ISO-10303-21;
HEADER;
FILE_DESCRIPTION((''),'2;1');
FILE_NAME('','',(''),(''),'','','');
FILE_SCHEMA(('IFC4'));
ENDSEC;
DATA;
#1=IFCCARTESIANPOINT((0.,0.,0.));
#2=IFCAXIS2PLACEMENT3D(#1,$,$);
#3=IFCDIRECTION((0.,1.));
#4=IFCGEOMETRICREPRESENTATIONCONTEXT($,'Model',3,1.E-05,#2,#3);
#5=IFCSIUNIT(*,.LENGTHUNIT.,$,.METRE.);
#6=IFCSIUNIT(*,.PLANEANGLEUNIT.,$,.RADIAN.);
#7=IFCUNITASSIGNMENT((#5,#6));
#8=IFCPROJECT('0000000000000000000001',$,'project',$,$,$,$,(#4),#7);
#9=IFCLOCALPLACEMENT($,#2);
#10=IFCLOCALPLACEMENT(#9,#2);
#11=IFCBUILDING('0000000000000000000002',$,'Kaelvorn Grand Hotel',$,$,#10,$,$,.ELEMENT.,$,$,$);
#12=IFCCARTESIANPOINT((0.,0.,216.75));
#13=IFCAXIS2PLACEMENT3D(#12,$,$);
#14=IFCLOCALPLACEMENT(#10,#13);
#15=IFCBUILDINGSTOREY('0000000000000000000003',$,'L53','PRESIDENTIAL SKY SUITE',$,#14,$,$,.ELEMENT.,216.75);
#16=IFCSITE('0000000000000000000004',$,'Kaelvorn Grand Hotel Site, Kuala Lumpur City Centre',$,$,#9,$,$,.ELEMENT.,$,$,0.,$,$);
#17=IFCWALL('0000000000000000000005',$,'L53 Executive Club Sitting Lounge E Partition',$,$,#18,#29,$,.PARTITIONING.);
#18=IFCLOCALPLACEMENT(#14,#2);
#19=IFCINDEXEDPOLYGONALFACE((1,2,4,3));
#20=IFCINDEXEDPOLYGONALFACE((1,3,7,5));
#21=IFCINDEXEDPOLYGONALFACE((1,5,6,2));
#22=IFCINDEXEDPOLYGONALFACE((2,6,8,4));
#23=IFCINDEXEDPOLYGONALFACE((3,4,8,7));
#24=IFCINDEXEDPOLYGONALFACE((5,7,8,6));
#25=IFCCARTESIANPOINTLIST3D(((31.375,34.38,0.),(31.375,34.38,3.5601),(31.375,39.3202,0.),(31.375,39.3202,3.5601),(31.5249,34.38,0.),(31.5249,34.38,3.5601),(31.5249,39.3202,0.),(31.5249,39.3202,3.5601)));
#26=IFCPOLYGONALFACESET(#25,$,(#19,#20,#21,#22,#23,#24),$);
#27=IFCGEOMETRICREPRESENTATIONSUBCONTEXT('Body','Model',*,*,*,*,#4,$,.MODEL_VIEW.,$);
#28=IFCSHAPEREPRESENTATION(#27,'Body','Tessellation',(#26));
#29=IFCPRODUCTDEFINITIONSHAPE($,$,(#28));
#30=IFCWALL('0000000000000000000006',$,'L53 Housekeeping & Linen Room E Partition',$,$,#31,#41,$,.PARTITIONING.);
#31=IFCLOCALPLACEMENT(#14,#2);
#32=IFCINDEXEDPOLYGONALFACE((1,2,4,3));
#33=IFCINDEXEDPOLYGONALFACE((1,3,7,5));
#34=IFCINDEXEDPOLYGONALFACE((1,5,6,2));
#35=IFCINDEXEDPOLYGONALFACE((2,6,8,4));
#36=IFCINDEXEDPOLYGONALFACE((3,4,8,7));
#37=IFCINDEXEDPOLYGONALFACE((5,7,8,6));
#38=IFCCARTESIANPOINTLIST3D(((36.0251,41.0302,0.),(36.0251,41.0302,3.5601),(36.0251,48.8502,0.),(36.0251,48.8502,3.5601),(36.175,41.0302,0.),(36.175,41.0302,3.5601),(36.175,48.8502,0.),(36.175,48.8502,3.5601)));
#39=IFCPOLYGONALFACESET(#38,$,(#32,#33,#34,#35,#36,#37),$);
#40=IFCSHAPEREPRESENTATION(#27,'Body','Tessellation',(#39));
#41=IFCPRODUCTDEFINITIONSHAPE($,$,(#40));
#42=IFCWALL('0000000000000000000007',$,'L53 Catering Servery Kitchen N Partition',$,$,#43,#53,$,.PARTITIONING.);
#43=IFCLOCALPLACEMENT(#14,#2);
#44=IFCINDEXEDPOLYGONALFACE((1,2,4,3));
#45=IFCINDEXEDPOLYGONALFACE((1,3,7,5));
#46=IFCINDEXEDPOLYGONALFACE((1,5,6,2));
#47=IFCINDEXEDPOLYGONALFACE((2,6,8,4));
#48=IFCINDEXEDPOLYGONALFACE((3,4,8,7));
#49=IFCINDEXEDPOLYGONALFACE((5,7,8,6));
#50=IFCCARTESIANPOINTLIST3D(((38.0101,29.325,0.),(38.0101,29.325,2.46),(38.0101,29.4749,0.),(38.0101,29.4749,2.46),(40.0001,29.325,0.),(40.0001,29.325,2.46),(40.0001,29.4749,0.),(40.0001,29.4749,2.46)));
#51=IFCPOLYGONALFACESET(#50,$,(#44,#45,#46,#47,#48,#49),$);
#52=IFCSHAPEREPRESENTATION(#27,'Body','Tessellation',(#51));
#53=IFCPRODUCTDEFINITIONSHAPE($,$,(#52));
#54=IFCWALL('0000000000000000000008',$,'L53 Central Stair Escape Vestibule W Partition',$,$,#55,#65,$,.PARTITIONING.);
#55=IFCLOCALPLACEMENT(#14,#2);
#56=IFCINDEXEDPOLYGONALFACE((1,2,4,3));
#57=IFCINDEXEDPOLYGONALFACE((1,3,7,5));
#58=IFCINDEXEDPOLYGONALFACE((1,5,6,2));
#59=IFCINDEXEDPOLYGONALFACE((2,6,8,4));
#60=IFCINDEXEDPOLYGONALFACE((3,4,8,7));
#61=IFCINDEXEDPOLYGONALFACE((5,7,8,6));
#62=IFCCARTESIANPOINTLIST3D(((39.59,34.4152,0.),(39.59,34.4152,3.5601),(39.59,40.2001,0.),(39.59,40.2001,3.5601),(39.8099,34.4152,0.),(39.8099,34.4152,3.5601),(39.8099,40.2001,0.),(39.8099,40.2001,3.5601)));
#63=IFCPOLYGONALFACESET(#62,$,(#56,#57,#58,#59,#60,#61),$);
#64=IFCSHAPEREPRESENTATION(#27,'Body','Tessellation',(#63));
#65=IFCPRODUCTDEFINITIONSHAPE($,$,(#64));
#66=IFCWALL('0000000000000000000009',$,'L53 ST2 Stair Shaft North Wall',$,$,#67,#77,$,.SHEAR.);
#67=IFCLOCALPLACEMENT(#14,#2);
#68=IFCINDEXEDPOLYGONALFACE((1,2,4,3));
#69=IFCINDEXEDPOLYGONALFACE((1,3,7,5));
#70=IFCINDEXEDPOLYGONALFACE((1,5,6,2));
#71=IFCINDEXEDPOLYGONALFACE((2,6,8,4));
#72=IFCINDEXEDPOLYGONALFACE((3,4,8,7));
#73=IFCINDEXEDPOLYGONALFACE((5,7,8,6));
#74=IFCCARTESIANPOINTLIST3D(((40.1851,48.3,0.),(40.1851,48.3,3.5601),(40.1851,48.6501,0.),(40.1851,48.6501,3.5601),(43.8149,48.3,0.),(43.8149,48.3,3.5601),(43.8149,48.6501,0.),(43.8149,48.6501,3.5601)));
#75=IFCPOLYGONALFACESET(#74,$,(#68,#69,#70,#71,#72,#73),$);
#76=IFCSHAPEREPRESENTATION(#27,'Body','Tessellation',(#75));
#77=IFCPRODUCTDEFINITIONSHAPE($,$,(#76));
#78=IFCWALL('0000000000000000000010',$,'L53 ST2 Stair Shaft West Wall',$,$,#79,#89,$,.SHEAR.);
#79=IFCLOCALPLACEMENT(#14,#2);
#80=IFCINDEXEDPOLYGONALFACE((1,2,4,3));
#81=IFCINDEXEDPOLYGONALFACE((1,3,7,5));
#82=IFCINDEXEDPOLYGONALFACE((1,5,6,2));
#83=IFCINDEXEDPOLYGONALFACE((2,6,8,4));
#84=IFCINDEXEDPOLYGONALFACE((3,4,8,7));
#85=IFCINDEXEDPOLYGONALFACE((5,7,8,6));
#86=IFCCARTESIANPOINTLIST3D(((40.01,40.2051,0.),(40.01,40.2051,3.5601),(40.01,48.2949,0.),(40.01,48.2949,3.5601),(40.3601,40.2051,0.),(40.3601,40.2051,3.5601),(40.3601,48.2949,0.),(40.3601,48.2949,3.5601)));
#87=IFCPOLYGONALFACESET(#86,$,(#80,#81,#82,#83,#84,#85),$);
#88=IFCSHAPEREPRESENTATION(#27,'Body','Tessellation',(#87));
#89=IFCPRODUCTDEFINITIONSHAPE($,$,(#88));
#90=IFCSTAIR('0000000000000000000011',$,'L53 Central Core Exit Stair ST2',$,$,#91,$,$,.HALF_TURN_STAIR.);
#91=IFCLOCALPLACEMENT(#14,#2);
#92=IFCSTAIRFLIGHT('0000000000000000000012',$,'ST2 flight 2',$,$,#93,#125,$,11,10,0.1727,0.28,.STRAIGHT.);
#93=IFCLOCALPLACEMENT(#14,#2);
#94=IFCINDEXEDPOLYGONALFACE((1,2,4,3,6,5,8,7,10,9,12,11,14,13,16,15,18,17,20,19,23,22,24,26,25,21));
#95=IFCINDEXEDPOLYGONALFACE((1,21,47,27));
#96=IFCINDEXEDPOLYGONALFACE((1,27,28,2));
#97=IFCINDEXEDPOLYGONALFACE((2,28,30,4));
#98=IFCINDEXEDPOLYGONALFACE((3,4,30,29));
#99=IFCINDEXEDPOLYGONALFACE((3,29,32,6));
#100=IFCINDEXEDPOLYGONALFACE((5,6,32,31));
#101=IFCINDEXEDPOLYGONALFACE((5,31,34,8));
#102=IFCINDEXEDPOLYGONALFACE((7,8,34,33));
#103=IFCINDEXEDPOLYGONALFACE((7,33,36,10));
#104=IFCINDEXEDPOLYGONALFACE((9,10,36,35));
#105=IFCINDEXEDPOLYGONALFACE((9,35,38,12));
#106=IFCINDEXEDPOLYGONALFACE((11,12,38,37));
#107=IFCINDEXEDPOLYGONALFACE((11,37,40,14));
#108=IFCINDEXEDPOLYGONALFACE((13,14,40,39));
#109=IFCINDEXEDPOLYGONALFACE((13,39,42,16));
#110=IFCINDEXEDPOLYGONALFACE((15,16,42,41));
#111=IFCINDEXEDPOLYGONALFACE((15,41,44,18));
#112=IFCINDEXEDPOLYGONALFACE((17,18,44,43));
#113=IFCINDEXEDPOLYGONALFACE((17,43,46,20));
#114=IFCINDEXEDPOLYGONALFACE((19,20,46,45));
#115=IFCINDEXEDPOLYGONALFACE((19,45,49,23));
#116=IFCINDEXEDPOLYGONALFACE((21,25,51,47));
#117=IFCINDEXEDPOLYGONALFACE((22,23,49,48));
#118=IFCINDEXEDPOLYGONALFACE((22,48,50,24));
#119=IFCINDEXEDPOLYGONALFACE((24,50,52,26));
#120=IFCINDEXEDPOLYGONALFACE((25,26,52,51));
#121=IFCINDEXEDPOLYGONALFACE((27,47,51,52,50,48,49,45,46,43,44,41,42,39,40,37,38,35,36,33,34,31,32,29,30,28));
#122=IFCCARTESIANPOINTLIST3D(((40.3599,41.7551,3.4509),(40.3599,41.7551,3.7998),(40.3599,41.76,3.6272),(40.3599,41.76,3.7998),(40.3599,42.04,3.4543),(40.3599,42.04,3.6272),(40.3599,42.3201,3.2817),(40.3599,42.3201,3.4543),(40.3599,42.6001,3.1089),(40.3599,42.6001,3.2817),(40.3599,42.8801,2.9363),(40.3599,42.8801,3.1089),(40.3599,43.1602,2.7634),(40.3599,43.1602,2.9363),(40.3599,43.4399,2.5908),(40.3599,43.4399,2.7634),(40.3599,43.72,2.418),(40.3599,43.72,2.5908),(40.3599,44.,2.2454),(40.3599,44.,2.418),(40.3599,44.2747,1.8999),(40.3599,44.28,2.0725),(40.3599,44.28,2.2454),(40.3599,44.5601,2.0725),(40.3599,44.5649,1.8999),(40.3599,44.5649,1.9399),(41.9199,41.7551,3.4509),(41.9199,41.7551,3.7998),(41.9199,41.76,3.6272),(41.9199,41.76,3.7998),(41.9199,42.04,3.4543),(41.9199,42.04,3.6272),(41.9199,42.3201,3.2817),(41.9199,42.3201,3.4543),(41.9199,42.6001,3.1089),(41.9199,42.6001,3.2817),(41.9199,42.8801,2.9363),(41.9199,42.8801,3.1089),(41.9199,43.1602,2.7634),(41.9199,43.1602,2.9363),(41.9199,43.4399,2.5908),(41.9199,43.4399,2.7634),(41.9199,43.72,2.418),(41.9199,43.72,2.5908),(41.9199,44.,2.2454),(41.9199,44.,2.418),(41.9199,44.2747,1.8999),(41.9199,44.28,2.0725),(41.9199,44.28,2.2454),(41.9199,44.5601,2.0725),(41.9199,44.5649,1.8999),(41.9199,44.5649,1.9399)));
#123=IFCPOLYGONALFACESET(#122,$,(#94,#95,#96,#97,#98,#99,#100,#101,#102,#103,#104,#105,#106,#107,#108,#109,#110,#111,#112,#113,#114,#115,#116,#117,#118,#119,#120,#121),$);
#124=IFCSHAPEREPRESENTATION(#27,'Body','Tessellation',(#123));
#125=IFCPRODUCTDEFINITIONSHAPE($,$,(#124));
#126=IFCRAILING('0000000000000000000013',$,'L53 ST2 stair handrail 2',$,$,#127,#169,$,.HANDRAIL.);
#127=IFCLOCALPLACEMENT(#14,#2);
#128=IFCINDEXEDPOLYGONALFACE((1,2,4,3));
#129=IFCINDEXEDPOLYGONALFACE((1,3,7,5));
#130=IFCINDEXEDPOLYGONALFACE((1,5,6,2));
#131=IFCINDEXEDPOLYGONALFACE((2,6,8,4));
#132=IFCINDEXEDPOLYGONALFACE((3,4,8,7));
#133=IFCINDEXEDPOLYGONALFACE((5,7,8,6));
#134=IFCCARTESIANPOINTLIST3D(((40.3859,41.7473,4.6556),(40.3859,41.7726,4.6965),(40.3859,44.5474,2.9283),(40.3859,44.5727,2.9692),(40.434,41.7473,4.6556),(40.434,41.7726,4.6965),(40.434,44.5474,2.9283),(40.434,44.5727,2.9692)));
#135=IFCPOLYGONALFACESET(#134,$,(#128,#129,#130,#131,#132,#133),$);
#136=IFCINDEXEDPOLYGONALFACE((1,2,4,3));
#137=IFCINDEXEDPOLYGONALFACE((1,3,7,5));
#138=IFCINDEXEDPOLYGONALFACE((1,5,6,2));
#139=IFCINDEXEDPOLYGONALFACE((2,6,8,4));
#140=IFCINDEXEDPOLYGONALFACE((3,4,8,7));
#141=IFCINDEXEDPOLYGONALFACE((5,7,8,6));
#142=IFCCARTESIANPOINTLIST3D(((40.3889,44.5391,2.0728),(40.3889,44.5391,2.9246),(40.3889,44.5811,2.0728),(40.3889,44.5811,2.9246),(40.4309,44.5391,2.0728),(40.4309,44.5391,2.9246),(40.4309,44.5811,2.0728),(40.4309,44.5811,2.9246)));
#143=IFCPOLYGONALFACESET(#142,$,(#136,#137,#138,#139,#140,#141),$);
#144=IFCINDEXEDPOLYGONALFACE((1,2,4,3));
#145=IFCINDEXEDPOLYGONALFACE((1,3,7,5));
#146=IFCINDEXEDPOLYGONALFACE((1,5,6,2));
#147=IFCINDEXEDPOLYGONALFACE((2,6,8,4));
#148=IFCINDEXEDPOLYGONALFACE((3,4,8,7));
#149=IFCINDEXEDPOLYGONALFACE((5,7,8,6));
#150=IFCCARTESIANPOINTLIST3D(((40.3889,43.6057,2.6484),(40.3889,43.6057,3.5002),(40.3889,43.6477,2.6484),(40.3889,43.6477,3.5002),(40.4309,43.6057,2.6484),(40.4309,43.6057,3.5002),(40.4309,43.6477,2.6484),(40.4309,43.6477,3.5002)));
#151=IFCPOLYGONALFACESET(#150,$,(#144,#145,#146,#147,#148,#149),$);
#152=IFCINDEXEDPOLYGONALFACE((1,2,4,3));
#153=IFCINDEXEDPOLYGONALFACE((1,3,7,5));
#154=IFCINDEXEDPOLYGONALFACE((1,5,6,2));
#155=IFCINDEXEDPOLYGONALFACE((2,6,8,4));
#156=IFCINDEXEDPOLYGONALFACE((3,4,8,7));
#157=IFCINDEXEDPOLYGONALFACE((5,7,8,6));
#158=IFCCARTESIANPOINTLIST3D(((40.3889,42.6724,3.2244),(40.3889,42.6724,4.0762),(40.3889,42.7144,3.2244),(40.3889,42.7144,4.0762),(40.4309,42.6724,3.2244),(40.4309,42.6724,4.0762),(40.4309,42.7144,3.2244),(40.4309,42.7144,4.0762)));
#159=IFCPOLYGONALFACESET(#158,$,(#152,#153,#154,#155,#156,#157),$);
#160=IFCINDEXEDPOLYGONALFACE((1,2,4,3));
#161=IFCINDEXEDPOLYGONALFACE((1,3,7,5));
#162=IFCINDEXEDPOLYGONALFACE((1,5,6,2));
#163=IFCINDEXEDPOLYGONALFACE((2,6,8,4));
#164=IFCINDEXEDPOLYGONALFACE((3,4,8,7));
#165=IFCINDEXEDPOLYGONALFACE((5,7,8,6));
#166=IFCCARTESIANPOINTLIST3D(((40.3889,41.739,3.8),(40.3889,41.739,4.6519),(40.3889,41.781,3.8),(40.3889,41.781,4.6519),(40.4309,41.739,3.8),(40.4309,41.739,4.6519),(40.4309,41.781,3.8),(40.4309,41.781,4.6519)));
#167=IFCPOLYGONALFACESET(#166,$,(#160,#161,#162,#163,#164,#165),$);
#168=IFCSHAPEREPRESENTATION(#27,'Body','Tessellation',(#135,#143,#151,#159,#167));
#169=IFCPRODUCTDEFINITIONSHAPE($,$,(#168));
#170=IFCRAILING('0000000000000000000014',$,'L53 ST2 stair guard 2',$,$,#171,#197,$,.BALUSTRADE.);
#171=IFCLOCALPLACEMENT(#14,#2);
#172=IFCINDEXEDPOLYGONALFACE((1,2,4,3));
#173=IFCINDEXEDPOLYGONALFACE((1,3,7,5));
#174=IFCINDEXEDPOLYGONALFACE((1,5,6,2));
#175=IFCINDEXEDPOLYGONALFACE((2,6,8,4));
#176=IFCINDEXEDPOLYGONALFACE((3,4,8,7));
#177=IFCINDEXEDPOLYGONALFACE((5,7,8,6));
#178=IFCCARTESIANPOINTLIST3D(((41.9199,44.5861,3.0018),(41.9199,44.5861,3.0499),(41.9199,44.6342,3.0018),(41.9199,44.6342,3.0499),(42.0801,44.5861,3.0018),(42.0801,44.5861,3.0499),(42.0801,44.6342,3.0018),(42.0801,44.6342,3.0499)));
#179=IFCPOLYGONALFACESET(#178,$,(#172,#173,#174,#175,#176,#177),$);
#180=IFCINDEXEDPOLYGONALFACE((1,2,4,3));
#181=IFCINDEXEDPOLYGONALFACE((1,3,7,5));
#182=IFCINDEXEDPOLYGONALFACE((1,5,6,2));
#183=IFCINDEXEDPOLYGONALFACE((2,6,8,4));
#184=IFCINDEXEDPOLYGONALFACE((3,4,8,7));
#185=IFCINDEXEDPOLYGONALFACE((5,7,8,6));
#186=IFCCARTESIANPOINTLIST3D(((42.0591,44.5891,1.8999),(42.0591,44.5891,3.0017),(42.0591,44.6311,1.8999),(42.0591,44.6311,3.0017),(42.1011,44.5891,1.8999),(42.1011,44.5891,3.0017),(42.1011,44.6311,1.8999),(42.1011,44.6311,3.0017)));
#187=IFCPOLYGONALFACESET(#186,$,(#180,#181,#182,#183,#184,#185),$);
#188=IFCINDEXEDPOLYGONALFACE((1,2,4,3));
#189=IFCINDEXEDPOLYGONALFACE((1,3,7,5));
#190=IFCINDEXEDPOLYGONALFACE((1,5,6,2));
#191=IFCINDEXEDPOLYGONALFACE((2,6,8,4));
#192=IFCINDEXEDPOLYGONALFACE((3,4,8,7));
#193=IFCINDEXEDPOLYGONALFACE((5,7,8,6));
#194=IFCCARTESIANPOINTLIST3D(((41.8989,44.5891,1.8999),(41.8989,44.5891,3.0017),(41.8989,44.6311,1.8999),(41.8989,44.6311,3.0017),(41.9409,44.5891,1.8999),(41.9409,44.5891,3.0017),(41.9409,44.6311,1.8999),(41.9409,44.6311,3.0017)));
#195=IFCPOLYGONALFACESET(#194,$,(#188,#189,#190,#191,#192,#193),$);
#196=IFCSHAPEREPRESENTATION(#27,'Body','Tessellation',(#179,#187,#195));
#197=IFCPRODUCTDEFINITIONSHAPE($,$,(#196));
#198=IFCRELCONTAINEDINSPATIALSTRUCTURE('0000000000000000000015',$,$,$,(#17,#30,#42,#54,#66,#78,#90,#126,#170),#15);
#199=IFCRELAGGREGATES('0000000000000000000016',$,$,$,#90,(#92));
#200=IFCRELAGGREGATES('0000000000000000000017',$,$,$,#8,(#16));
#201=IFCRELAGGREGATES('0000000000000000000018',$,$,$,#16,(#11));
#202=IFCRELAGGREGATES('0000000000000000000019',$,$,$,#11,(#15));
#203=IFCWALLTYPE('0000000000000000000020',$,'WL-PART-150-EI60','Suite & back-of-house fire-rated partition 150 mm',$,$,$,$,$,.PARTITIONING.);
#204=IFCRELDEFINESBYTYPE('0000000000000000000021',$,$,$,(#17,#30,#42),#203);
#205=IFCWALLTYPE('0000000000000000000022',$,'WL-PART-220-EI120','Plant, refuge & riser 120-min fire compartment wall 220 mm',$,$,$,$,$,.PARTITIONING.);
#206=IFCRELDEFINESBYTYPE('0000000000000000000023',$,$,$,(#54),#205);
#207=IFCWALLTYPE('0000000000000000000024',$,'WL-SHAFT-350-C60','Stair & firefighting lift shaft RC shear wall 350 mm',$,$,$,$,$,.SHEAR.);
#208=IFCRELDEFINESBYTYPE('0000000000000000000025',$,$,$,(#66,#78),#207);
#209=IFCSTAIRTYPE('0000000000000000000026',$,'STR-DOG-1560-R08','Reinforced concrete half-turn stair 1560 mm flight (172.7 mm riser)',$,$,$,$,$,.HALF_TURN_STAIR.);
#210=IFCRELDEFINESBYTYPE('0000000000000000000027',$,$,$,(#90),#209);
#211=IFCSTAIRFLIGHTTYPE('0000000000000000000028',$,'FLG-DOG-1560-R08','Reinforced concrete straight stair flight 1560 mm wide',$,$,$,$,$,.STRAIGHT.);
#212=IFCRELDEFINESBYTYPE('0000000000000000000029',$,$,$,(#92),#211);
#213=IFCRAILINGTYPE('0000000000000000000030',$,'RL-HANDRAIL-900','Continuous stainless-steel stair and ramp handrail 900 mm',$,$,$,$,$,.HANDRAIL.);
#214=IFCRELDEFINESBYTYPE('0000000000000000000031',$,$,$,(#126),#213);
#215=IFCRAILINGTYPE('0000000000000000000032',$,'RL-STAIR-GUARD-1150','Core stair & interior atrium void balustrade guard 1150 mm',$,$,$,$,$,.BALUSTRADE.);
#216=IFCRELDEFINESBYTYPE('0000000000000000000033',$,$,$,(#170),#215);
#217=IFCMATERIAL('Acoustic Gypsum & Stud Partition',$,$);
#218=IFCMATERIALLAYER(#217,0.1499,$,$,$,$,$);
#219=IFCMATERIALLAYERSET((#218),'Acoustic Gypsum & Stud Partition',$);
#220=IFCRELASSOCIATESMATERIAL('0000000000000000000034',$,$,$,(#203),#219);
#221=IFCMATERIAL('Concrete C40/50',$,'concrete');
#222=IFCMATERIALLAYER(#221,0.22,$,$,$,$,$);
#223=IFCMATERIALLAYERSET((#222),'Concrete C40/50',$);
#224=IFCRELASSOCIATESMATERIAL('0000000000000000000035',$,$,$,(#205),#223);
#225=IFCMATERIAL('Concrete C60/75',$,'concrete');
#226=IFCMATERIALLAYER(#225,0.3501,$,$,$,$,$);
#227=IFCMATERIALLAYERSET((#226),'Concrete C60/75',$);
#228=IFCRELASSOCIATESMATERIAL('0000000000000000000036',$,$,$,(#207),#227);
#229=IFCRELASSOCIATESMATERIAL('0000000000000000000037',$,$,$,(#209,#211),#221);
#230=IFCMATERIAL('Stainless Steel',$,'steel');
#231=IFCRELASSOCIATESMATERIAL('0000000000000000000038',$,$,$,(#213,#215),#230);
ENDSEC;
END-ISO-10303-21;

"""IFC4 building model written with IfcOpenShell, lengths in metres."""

from ifc_helpers import new_model, si_unit, direction, frame, frame_2d, origin, origin_2d, place, context, subcontext, project, spatial, polyline, rectangle, outline, extrude, material, layer, layer_set, type_object, element, aggregate, save


model = new_model("IFC4")

# Units and contexts
model_context = context("Model", 3, precision=1e-05, world=origin(), true_north=direction((0.0, 1.0)))
body_context = subcontext(model_context, "Body", "Model", "MODEL_VIEW")
ifc_project = project(units=[si_unit("LENGTHUNIT", "METRE"), si_unit("PLANEANGLEUNIT", "RADIAN")], contexts=[model_context])

# Site, building, storey
site_placement = place(None, origin())
site = spatial("IfcSite", under=ifc_project, at=site_placement, Name="Kaelvorn Grand Hotel Site, Kuala Lumpur City Centre", CompositionType="ELEMENT", RefElevation=0.0)
building_placement = place(site_placement, origin())
building = spatial("IfcBuilding", under=site, at=building_placement, Name="Kaelvorn Grand Hotel", CompositionType="ELEMENT")
storey_placement = place(building_placement, frame((0.0, 0.0, 216.75)))
storey = spatial("IfcBuildingStorey", under=building, at=storey_placement, Name="L53", Description="PRESIDENTIAL SKY SUITE", CompositionType="ELEMENT", Elevation=216.75)

# Shared definitions
ifc_material_1 = material(Name="Concrete C60/75", Category="concrete")

# Shared definitions
ifc_material_2 = material(Name="Acoustic Gypsum & Stud Partition")
ifc_layer_1 = layer(ifc_material_2, 0.1499)
ifc_layer_set_1 = layer_set([ifc_layer_1], Name="Acoustic Gypsum & Stud Partition")
wall_type_1 = type_object("IfcWallType", Name="WL-PART-150-EI60", Description="Suite & back-of-house fire-rated partition 150 mm", PredefinedType="PARTITIONING", material=ifc_layer_set_1)

# Walls
for number, where, z_axis, x_axis, name in (
    (1, (31.45, 34.3799, 0.0), (0.0, 0.0, 1.0), (0.0, 1.0, 0.0), "L53 Executive Club Sitting Lounge E Partition"),
):
    element("IfcWall", number, at=place(storey_placement, frame(where, z_axis=z_axis, x_axis=x_axis)), inside=storey, type_object=wall_type_1, Name=name, PredefinedType="PARTITIONING", context=body_context, shape_type="SweptSolid", body=[
        extrude(rectangle(XDim=4.9402, YDim=0.1499, at=frame_2d((2.4702, 0.0))), origin(), (0.0, 0.0, 1.0), 3.5601),
    ])
wall_1_placement = place(storey_placement, frame((36.1001, 41.03, 0.0), z_axis=(0.0, 0.0, 1.0), x_axis=(0.0, 1.0, 0.0)))
element("IfcWall", 2, at=wall_1_placement, inside=storey, type_object=wall_type_1, Name="L53 Housekeeping & Linen Room E Partition", PredefinedType="PARTITIONING", context=body_context, shape_type="SweptSolid", body=[
    extrude(rectangle(XDim=7.8201, YDim=0.1499, at=frame_2d((3.9102, 0.0))), origin(), (0.0, 0.0, 1.0), 3.5601),
])
wall_2_placement = place(storey_placement, frame((38.01, 29.3999, 0.0), z_axis=(0.0, 0.0, 1.0), x_axis=(1.0, 0.0, 0.0)))
element("IfcWall", 3, at=wall_2_placement, inside=storey, type_object=wall_type_1, Name="L53 Catering Servery Kitchen N Partition", PredefinedType="PARTITIONING", context=body_context, shape_type="SweptSolid", body=[
    extrude(rectangle(XDim=1.99, YDim=0.1499, at=frame_2d((0.9951, 0.0))), origin(), (0.0, 0.0, 1.0), 2.46),
])

# Shared definitions
ifc_material_3 = material(Name="Concrete C40/50", Category="concrete")
ifc_layer_2 = layer(ifc_material_3, 0.22)
ifc_layer_set_2 = layer_set([ifc_layer_2], Name="Concrete C40/50")
wall_type_2 = type_object("IfcWallType", Name="WL-PART-220-EI120", Description="Plant, refuge & riser 120-min fire compartment wall 220 mm", PredefinedType="PARTITIONING", material=ifc_layer_set_2)

# Wall
wall_3_placement = place(storey_placement, frame((39.7, 34.415, 0.0), z_axis=(0.0, 0.0, 1.0), x_axis=(0.0, 1.0, 0.0)))
element("IfcWall", 4, at=wall_3_placement, inside=storey, type_object=wall_type_2, Name="L53 Central Stair Escape Vestibule W Partition", PredefinedType="PARTITIONING", context=body_context, shape_type="SweptSolid", body=[
    extrude(rectangle(XDim=5.7849, YDim=0.22, at=frame_2d((2.8926, 0.0))), origin(), (0.0, 0.0, 1.0), 3.5601),
])

# Shared definitions
ifc_layer_3 = layer(ifc_material_1, 0.3501)
ifc_layer_set_3 = layer_set([ifc_layer_3], Name="Concrete C60/75")
wall_type_3 = type_object("IfcWallType", Name="WL-SHAFT-350-C60", Description="Stair & firefighting lift shaft RC shear wall 350 mm", PredefinedType="SHEAR", material=ifc_layer_set_3)

# Walls
wall_4_placement = place(storey_placement, frame((40.1851, 48.4751, 0.0), z_axis=(0.0, 0.0, 1.0), x_axis=(1.0, 0.0, 0.0)))
element("IfcWall", 5, at=wall_4_placement, inside=storey, type_object=wall_type_3, Name="L53 ST2 Stair Shaft North Wall", PredefinedType="SHEAR", context=body_context, shape_type="SweptSolid", body=[
    extrude(rectangle(XDim=3.6299, YDim=0.3501, at=frame_2d((1.8149, 0.0))), origin(), (0.0, 0.0, 1.0), 3.5601),
])
wall_5_placement = place(storey_placement, frame((40.1851, 40.2051, 0.0), z_axis=(0.0, 0.0, 1.0), x_axis=(0.0, 1.0, 0.0)))
element("IfcWall", 6, at=wall_5_placement, inside=storey, type_object=wall_type_3, Name="L53 ST2 Stair Shaft West Wall", PredefinedType="SHEAR", context=body_context, shape_type="SweptSolid", body=[
    extrude(rectangle(XDim=8.0898, YDim=0.3501, at=frame_2d((4.0449, 0.0))), origin(), (0.0, 0.0, 1.0), 3.5601),
])

# Stair, stair flight
stair_type = type_object("IfcStairType", Name="STR-DOG-1560-R08", Description="Reinforced concrete half-turn stair 1560 mm flight (172.7 mm riser)", PredefinedType="HALF_TURN_STAIR", material=ifc_material_3)
stair_placement = place(storey_placement, origin())
stair = element("IfcStair", 7, at=stair_placement, inside=storey, type_object=stair_type, Name="L53 Central Core Exit Stair ST2", PredefinedType="HALF_TURN_STAIR")
stair_flight_type = type_object("IfcStairFlightType", Name="FLG-DOG-1560-R08", Description="Reinforced concrete straight stair flight 1560 mm wide", PredefinedType="STRAIGHT", material=ifc_material_3)
stair_flight_placement = place(storey_placement, frame((41.1399, 44.5601, 1.8999), z_axis=(0.0, 0.0, 1.0), x_axis=(0.0, -1.0, 0.0)))
stair_flight = element("IfcStairFlight", 8, at=stair_flight_placement, type_object=stair_flight_type, Name="ST2 flight 2", NumberOfRisers=11, NumberOfTreads=10, PredefinedType="STRAIGHT", RiserHeight=0.1727, TreadLength=0.28, context=body_context, shape_type="SweptSolid", body=[
    extrude(outline(polyline([(-0.0049, 0.0), (-0.0049, 0.04), (0.0, 0.1726), (0.28, 0.1726), (0.28, 0.3455), (0.5601, 0.3455), (0.5601, 0.5181), (0.8401, 0.5181), (0.8401, 0.6909), (1.1201, 0.6909), (1.1201, 0.8635), (1.3999, 0.8635), (1.3999, 1.0364), (1.6799, 1.0364), (1.6799, 1.209), (1.96, 1.209), (1.96, 1.3818), (2.24, 1.3818), (2.24, 1.5544), (2.52, 1.5544), (2.52, 1.7273), (2.8, 1.7273), (2.8, 1.8999), (2.8049, 1.8999), (2.8049, 1.551), (0.2854, 0.0), (-0.0049, 0.0)])), frame((0.0, 0.78, 0.0), z_axis=(0.0, -1.0, 0.0), x_axis=(1.0, 0.0, 0.0)), (0.0, 0.0, 1.0), 1.5601),
])
aggregate(stair, [stair_flight])

# Railings
ifc_material_4 = material(Name="Stainless Steel", Category="steel")
railing_type_1 = type_object("IfcRailingType", Name="RL-HANDRAIL-900", Description="Continuous stainless-steel stair and ramp handrail 900 mm", PredefinedType="HANDRAIL", material=ifc_material_4)
railing_1_placement = place(storey_placement, frame((40.4099, 44.5601, 2.0728)))
element("IfcRailing", 9, at=railing_1_placement, inside=storey, type_object=railing_type_1, Name="L53 ST2 stair handrail 2", PredefinedType="HANDRAIL", context=body_context, shape_type="SweptSolid", body=[
    extrude(rectangle(XDim=0.0481, YDim=0.0481, at=origin_2d()), frame((0.0, 0.0, 0.876), z_axis=(0.0, -0.85109, 0.52502), x_axis=(1.0, 0.0, 0.0)), (0.0, 0.0, 1.0), 3.29),
    extrude(rectangle(XDim=0.042, YDim=0.042, at=origin_2d()), origin(), (0.0, 0.0, 1.0), 0.8518),
    extrude(rectangle(XDim=0.042, YDim=0.042, at=origin_2d()), frame((0.0, -0.9333, 0.5757)), (0.0, 0.0, 1.0), 0.8518),
    extrude(rectangle(XDim=0.042, YDim=0.042, at=origin_2d()), frame((0.0, -1.8667, 1.1516)), (0.0, 0.0, 1.0), 0.8518),
    extrude(rectangle(XDim=0.042, YDim=0.042, at=origin_2d()), frame((0.0, -2.8, 1.7273)), (0.0, 0.0, 1.0), 0.8518),
])
railing_type_2 = type_object("IfcRailingType", Name="RL-STAIR-GUARD-1150", Description="Core stair & interior atrium void balustrade guard 1150 mm", PredefinedType="BALUSTRADE", material=ifc_material_4)
railing_2_placement = place(storey_placement, frame((42.0801, 44.6101, 1.8999)))
element("IfcRailing", 10, at=railing_2_placement, inside=storey, type_object=railing_type_2, Name="L53 ST2 stair guard 2", PredefinedType="BALUSTRADE", context=body_context, shape_type="SweptSolid", body=[
    extrude(rectangle(XDim=0.0481, YDim=0.0481, at=origin_2d()), frame((0.0, 0.0, 1.126), z_axis=(-1.0, 0.0, 0.0), x_axis=(0.0, -1.0, 0.0)), (0.0, 0.0, 1.0), 0.1602),
    extrude(rectangle(XDim=0.042, YDim=0.042, at=origin_2d()), origin(), (0.0, 0.0, 1.0), 1.1018),
    extrude(rectangle(XDim=0.042, YDim=0.042, at=origin_2d()), frame((-0.1602, 0.0, 0.0)), (0.0, 0.0, 1.0), 1.1018),
])

save(model, "model.ifc")
